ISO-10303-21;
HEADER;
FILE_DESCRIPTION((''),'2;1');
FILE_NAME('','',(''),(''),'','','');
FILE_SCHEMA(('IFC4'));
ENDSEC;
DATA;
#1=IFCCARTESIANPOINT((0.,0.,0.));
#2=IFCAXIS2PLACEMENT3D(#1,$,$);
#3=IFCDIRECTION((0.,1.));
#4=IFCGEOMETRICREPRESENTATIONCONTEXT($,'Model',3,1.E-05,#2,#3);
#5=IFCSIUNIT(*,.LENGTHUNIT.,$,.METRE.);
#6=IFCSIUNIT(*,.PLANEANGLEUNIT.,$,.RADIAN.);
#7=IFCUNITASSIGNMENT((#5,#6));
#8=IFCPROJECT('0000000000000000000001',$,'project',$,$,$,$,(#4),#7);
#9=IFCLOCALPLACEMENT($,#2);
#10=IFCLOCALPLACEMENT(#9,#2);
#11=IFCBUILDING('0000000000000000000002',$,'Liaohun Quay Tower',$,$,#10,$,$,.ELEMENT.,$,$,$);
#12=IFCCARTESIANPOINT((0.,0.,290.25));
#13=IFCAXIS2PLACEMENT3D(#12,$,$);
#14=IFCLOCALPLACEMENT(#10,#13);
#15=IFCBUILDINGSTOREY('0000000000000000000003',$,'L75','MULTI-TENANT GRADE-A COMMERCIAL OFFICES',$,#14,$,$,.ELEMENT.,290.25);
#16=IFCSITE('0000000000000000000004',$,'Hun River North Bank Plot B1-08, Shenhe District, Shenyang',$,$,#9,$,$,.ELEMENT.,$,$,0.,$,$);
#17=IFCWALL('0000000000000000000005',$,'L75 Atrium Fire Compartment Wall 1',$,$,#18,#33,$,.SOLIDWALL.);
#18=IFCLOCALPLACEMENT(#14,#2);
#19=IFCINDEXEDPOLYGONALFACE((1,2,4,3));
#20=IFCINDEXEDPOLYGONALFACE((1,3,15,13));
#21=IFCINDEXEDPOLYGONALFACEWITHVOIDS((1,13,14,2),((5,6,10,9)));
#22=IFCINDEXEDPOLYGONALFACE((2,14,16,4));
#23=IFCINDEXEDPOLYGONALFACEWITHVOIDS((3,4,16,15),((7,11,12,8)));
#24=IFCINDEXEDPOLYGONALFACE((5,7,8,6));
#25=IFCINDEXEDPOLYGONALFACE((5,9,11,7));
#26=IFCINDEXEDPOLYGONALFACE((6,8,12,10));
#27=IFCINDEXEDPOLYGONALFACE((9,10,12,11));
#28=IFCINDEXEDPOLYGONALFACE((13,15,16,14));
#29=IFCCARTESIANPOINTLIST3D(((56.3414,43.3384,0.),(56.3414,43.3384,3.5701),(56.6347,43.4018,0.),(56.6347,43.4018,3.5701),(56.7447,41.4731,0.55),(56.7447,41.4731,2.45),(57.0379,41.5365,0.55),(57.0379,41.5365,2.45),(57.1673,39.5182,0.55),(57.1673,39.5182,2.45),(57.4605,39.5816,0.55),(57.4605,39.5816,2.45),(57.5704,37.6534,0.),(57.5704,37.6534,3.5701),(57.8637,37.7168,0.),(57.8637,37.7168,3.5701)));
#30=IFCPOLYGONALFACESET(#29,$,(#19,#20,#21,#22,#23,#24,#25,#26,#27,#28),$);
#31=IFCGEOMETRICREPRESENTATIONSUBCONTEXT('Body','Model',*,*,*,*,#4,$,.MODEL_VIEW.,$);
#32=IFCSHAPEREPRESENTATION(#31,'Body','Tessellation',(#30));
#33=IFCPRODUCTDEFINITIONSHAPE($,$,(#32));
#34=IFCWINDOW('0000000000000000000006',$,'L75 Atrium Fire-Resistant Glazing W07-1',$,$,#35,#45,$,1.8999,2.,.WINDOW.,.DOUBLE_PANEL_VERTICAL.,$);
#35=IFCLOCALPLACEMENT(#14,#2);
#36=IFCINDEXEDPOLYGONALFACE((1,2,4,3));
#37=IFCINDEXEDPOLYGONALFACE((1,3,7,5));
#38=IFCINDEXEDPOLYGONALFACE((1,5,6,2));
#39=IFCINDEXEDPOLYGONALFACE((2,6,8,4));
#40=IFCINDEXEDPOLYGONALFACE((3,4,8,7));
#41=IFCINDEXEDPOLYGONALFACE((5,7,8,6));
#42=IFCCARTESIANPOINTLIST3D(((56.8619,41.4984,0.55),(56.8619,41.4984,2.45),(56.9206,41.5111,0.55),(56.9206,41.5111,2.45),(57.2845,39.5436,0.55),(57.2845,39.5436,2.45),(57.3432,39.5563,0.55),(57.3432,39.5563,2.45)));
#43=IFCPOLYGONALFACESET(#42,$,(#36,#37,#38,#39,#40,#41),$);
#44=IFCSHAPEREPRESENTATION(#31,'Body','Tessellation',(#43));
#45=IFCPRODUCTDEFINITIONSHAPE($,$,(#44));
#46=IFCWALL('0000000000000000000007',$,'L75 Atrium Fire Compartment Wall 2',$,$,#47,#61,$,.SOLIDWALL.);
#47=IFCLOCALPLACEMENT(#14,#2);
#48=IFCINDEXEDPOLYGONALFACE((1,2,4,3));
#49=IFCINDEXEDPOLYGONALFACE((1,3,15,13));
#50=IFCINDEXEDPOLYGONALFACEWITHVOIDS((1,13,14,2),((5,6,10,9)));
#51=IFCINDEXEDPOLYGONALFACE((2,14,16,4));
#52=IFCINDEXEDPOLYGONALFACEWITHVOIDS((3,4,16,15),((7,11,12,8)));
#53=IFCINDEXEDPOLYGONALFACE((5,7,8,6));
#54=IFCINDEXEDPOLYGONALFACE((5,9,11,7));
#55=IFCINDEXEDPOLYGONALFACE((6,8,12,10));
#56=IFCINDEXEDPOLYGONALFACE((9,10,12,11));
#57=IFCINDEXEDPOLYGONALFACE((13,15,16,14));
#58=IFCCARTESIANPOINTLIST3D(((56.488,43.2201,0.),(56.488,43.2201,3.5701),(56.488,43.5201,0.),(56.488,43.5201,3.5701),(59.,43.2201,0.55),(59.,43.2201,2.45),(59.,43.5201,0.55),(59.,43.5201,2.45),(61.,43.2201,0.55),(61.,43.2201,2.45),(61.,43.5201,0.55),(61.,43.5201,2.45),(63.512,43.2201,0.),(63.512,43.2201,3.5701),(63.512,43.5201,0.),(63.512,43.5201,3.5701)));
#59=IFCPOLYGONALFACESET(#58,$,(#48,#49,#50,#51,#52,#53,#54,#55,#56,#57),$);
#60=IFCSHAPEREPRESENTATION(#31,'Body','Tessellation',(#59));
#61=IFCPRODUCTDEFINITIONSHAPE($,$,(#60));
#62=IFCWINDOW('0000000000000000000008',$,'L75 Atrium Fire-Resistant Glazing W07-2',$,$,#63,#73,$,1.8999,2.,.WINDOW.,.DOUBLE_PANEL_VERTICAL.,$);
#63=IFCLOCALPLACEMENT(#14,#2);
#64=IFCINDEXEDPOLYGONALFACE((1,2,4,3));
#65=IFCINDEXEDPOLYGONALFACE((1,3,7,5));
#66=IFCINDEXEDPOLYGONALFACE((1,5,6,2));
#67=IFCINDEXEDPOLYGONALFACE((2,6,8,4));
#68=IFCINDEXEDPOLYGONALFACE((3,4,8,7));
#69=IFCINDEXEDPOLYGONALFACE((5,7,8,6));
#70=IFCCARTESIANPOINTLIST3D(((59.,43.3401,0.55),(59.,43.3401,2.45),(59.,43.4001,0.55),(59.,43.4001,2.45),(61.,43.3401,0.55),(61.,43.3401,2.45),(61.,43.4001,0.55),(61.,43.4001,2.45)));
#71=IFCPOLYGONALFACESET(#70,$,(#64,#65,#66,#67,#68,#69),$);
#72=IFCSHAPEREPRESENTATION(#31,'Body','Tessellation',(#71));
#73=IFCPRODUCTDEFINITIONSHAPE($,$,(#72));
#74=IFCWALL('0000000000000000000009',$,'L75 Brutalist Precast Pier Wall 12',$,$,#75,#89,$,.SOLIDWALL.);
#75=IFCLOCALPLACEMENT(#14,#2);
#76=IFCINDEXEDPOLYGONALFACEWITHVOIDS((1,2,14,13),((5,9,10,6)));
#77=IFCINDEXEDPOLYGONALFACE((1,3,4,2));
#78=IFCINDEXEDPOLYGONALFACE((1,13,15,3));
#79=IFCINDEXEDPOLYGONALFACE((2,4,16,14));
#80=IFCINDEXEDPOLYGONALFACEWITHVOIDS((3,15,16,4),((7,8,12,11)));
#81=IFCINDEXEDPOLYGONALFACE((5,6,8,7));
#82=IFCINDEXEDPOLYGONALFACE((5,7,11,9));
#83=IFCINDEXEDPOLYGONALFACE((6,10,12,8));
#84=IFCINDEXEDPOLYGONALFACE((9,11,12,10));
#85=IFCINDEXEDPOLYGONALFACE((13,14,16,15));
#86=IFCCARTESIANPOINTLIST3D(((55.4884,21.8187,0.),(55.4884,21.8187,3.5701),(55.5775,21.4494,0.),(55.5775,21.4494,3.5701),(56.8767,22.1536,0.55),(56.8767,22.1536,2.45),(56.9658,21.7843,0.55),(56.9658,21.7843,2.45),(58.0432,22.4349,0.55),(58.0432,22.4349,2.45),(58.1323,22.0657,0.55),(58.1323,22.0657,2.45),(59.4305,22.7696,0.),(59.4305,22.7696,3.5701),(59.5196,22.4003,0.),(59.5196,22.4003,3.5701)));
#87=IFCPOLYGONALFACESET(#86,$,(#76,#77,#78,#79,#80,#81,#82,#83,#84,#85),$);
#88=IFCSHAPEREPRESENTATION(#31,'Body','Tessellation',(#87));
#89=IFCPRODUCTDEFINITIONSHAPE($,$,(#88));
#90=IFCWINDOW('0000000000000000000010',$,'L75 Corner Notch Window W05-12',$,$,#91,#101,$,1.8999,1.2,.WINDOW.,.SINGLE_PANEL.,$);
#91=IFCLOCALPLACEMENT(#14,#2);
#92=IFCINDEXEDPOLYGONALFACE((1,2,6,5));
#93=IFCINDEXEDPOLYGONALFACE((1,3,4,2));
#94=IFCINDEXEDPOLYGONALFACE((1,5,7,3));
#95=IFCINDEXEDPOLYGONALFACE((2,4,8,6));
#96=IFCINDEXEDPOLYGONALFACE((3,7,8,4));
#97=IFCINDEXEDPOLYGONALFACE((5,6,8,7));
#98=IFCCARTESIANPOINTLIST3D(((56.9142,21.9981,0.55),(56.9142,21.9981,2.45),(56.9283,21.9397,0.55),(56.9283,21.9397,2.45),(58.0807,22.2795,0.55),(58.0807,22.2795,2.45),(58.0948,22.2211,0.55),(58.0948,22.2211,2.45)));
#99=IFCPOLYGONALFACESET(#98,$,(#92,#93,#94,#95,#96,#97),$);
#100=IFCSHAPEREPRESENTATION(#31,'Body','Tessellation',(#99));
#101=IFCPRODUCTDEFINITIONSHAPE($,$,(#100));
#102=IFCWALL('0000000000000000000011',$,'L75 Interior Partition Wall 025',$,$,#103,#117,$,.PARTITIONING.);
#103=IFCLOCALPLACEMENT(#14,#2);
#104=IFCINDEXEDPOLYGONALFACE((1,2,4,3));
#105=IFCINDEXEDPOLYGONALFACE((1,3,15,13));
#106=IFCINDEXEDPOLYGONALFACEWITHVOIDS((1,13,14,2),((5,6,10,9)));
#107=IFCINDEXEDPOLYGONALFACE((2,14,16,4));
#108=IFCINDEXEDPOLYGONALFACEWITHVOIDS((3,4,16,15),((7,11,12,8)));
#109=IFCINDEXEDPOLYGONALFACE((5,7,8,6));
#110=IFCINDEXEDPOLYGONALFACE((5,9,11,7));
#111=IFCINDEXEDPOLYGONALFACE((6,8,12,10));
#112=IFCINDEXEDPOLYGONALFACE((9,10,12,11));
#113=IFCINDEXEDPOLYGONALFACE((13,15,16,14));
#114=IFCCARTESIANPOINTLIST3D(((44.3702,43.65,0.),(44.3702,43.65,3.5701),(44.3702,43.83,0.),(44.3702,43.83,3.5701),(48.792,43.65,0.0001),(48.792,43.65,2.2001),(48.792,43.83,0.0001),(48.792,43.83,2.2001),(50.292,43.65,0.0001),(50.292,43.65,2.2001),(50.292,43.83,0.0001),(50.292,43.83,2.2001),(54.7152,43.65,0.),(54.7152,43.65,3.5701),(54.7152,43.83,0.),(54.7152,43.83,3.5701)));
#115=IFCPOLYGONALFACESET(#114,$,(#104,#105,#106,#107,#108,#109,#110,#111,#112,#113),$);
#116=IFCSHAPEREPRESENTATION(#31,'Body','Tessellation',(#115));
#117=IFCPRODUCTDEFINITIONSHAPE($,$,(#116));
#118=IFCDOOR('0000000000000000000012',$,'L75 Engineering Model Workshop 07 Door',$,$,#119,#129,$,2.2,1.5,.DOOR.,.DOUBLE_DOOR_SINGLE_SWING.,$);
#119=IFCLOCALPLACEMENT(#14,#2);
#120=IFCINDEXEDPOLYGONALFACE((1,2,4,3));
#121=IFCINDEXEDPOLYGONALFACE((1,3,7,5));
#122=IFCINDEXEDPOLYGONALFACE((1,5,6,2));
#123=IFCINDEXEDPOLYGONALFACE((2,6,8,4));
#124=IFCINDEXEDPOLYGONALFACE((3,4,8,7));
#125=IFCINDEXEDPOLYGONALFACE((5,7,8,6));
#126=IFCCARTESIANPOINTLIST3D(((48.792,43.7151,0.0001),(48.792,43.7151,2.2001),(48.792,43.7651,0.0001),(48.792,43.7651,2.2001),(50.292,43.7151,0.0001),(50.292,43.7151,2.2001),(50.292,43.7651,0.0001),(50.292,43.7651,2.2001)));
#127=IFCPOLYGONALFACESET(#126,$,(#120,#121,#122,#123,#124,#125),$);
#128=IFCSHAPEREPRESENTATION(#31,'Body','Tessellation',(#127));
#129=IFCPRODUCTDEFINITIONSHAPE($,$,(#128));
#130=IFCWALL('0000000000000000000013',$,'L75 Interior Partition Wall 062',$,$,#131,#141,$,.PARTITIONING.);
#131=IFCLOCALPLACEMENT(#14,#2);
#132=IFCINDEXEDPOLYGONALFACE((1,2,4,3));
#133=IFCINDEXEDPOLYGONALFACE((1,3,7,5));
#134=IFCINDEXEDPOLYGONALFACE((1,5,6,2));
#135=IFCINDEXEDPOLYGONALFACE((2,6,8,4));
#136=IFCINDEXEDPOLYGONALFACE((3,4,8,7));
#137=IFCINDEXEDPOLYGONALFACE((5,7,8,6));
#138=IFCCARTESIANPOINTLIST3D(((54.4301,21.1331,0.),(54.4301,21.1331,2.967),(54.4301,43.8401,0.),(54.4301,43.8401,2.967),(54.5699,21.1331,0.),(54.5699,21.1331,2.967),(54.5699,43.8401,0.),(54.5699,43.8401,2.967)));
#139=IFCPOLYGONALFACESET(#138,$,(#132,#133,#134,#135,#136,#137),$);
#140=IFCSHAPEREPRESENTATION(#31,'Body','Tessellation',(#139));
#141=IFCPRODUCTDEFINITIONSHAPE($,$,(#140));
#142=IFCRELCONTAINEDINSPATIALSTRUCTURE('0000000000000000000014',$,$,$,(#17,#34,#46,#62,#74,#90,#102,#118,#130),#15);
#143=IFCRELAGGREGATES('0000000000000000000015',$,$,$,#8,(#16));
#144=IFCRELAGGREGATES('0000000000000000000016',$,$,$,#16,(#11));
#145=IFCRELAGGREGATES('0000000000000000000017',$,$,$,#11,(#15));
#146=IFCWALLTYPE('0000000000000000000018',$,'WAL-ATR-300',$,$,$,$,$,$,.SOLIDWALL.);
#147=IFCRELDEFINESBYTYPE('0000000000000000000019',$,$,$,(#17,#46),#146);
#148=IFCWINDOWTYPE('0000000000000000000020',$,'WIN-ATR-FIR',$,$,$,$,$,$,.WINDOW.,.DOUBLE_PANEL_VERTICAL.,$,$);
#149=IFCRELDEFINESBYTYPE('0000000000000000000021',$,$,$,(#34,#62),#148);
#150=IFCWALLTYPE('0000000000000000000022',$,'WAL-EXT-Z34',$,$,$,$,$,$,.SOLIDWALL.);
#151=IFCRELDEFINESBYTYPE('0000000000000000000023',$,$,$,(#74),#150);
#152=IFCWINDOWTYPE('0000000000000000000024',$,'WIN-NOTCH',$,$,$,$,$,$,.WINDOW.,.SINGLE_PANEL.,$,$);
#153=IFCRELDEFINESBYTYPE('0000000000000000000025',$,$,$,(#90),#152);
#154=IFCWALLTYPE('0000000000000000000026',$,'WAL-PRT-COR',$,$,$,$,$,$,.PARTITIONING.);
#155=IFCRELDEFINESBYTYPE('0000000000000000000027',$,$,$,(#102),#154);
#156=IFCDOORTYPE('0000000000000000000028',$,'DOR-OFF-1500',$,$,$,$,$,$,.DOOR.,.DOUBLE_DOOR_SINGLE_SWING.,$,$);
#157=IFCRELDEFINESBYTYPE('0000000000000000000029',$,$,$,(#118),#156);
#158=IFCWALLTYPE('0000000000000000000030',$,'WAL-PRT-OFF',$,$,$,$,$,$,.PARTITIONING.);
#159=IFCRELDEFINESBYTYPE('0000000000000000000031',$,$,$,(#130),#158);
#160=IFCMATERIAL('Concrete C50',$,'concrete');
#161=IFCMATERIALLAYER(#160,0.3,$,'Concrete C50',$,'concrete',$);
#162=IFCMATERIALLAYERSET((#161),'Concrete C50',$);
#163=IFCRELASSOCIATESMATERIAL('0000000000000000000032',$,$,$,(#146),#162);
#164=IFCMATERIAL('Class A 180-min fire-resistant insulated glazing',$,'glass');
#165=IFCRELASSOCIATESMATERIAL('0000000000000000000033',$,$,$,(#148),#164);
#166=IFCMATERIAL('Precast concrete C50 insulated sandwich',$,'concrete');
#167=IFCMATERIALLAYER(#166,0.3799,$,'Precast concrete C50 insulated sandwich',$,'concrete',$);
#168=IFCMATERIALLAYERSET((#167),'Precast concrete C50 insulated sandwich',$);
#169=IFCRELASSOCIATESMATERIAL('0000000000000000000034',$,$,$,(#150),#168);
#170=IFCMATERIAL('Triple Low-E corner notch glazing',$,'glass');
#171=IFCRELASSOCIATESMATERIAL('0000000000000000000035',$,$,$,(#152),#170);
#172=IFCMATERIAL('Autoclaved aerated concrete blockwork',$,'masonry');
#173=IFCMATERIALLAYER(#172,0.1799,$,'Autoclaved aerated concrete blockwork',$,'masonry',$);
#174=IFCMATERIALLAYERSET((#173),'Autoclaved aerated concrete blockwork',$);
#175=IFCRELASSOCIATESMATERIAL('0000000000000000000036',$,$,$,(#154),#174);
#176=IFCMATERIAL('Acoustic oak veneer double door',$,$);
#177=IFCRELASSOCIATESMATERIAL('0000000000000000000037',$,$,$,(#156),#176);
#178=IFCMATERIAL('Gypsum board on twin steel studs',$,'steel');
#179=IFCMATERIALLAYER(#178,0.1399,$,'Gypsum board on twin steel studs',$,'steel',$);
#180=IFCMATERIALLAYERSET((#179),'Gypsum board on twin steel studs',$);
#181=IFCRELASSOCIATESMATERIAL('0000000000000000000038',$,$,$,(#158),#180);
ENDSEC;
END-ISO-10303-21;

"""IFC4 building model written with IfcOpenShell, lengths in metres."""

from ifc_helpers import new_model, si_unit, direction, frame, frame_2d, origin, place, context, subcontext, project, spatial, rectangle, extrude, source, transform, mapped, material, layer, layer_set, type_object, element, fill, save


model = new_model("IFC4")

# Units and contexts
model_context = context("Model", 3, precision=1e-05, world=origin(), true_north=direction((0.0, 1.0)))
body_context = subcontext(model_context, "Body", "Model", "MODEL_VIEW")
ifc_project = project(units=[si_unit("LENGTHUNIT", "METRE"), si_unit("PLANEANGLEUNIT", "RADIAN")], contexts=[model_context])

# Site, building, storey
site_placement = place(None, origin())
site = spatial("IfcSite", under=ifc_project, at=site_placement, Name="Hun River North Bank Plot B1-08, Shenhe District, Shenyang", CompositionType="ELEMENT", RefElevation=0.0)
building_placement = place(site_placement, origin())
building = spatial("IfcBuilding", under=site, at=building_placement, Name="Liaohun Quay Tower", CompositionType="ELEMENT")
storey_placement = place(building_placement, frame((0.0, 0.0, 290.25)))
storey = spatial("IfcBuildingStorey", under=building, at=storey_placement, Name="L75", Description="MULTI-TENANT GRADE-A COMMERCIAL OFFICES", CompositionType="ELEMENT", Elevation=290.25)

# Shared definitions
ifc_material_1 = material(Name="Concrete C50", Category="concrete")

# Walls, openings, windows
ifc_layer_1 = layer(ifc_material_1, 0.3, Name="Concrete C50", Category="concrete")
ifc_layer_set_1 = layer_set([ifc_layer_1], Name="Concrete C50")
wall_type_1 = type_object("IfcWallType", Name="WAL-ATR-300", PredefinedType="SOLIDWALL", material=ifc_layer_set_1)
wall_1_placement = place(storey_placement, frame((57.717, 37.6851, 0.0), z_axis=(0.0, 0.0, 1.0), x_axis=(-0.2113, 0.977421, 0.0)))
wall_1 = element("IfcWall", 1, at=wall_1_placement, inside=storey, type_object=wall_type_1, Name="L75 Atrium Fire Compartment Wall 1", PredefinedType="SOLIDWALL", context=body_context, shape_type="SweptSolid", body=[
    extrude(rectangle(XDim=5.8164, YDim=0.3, at=frame_2d((2.9082, 0.0))), origin(), (0.0, 0.0, 1.0), 3.5701),
])
shared_shape_1 = source(origin(), body_context, "Body", "SweptSolid", [
    extrude(rectangle(XDim=2.0, YDim=1.8999, at=frame_2d((1.0, 0.95))), frame((0.0, 0.1599, 0.0), z_axis=(0.0, -1.0, 0.0), x_axis=(1.0, 0.0, 0.0)), (0.0, 0.0, 1.0), 0.3201),
])
opening_1_placement = place(wall_1_placement, frame((1.908, 0.0, 0.55)))
opening_1 = element("IfcOpeningElement", 2, at=opening_1_placement, cuts=wall_1, PredefinedType="OPENING", context=body_context, shape_type="MappedRepresentation", body=[
    mapped(shared_shape_1, transform((0.0, 0.0, 0.0), x_axis=(1.0, 0.0, 0.0), y_axis=(0.0, 1.0, 0.0), z_axis=(0.0, 0.0, 1.0), scale=1.0)),
])
ifc_material_2 = material(Name="Class A 180-min fire-resistant insulated glazing", Category="glass")
window_type_1 = type_object("IfcWindowType", Name="WIN-ATR-FIR", PartitioningType="DOUBLE_PANEL_VERTICAL", PredefinedType="WINDOW", material=ifc_material_2)
shared_shape_2 = source(origin(), body_context, "Body", "SweptSolid", [
    extrude(rectangle(XDim=2.0, YDim=1.8999, at=frame_2d((1.0, 0.95))), frame((0.0, 0.03, 0.0), z_axis=(0.0, -1.0, 0.0), x_axis=(1.0, 0.0, 0.0)), (0.0, 0.0, 1.0), 0.0601),
])
window_1_placement = place(opening_1_placement, origin())
window_1 = element("IfcWindow", 3, at=window_1_placement, inside=storey, type_object=window_type_1, Name="L75 Atrium Fire-Resistant Glazing W07-1", OverallHeight=1.8999, OverallWidth=2.0, PartitioningType="DOUBLE_PANEL_VERTICAL", PredefinedType="WINDOW", context=body_context, shape_type="MappedRepresentation", body=[
    mapped(shared_shape_2, transform((0.0, 0.0, 0.0), x_axis=(1.0, 0.0, 0.0), y_axis=(0.0, 1.0, 0.0), z_axis=(0.0, 0.0, 1.0), scale=1.0)),
])
fill(opening_1, window_1)
wall_2_placement = place(storey_placement, frame((56.488, 43.3701, 0.0), z_axis=(0.0, 0.0, 1.0), x_axis=(1.0, 0.0, 0.0)))
wall_2 = element("IfcWall", 4, at=wall_2_placement, inside=storey, type_object=wall_type_1, Name="L75 Atrium Fire Compartment Wall 2", PredefinedType="SOLIDWALL", context=body_context, shape_type="SweptSolid", body=[
    extrude(rectangle(XDim=7.0239, YDim=0.3, at=frame_2d((3.512, 0.0))), origin(), (0.0, 0.0, 1.0), 3.5701),
])
opening_2_placement = place(wall_2_placement, frame((2.512, 0.0, 0.55)))
opening_2 = element("IfcOpeningElement", 5, at=opening_2_placement, cuts=wall_2, PredefinedType="OPENING", context=body_context, shape_type="MappedRepresentation", body=[
    mapped(shared_shape_1, transform((0.0, 0.0, 0.0), x_axis=(1.0, 0.0, 0.0), y_axis=(0.0, 1.0, 0.0), z_axis=(0.0, 0.0, 1.0), scale=1.0)),
])
window_2_placement = place(opening_2_placement, origin())
window_2 = element("IfcWindow", 6, at=window_2_placement, inside=storey, type_object=window_type_1, Name="L75 Atrium Fire-Resistant Glazing W07-2", OverallHeight=1.8999, OverallWidth=2.0, PartitioningType="DOUBLE_PANEL_VERTICAL", PredefinedType="WINDOW", context=body_context, shape_type="MappedRepresentation", body=[
    mapped(shared_shape_2, transform((0.0, 0.0, 0.0), x_axis=(1.0, 0.0, 0.0), y_axis=(0.0, 1.0, 0.0), z_axis=(0.0, 0.0, 1.0), scale=1.0)),
])
fill(opening_2, window_2)
ifc_material_3 = material(Name="Precast concrete C50 insulated sandwich", Category="concrete")
ifc_layer_2 = layer(ifc_material_3, 0.3799, Name="Precast concrete C50 insulated sandwich", Category="concrete")
ifc_layer_set_2 = layer_set([ifc_layer_2], Name="Precast concrete C50 insulated sandwich")
wall_type_2 = type_object("IfcWallType", Name="WAL-EXT-Z34", PredefinedType="SOLIDWALL", material=ifc_layer_set_2)
wall_3_placement = place(storey_placement, frame((55.533, 21.634, 0.0), z_axis=(0.0, 0.0, 1.0), x_axis=(0.972117, 0.234495, 0.0)))
wall_3 = element("IfcWall", 7, at=wall_3_placement, inside=storey, type_object=wall_type_2, Name="L75 Brutalist Precast Pier Wall 12", PredefinedType="SOLIDWALL", context=body_context, shape_type="SweptSolid", body=[
    extrude(rectangle(XDim=4.0552, YDim=0.3799, at=frame_2d((2.0276, 0.0))), origin(), (0.0, 0.0, 1.0), 3.5701),
])
shared_shape_3 = source(origin(), body_context, "Body", "SweptSolid", [
    extrude(rectangle(XDim=1.2, YDim=1.8999, at=frame_2d((0.6001, 0.95))), frame((0.0, 0.2, 0.0), z_axis=(0.0, -1.0, 0.0), x_axis=(1.0, 0.0, 0.0)), (0.0, 0.0, 1.0), 0.3999),
])
opening_3_placement = place(wall_3_placement, frame((1.428, 0.0, 0.55)))
opening_3 = element("IfcOpeningElement", 8, at=opening_3_placement, cuts=wall_3, PredefinedType="OPENING", context=body_context, shape_type="MappedRepresentation", body=[
    mapped(shared_shape_3, transform((0.0, 0.0, 0.0), x_axis=(1.0, 0.0, 0.0), y_axis=(0.0, 1.0, 0.0), z_axis=(0.0, 0.0, 1.0), scale=1.0)),
])
ifc_material_4 = material(Name="Triple Low-E corner notch glazing", Category="glass")
window_type_2 = type_object("IfcWindowType", Name="WIN-NOTCH", PartitioningType="SINGLE_PANEL", PredefinedType="WINDOW", material=ifc_material_4)
shared_shape_4 = source(origin(), body_context, "Body", "SweptSolid", [
    extrude(rectangle(XDim=1.2, YDim=1.8999, at=frame_2d((0.6001, 0.95))), frame((0.0, 0.03, 0.0), z_axis=(0.0, -1.0, 0.0), x_axis=(1.0, 0.0, 0.0)), (0.0, 0.0, 1.0), 0.0601),
])
window_3_placement = place(opening_3_placement, origin())
window_3 = element("IfcWindow", 9, at=window_3_placement, inside=storey, type_object=window_type_2, Name="L75 Corner Notch Window W05-12", OverallHeight=1.8999, OverallWidth=1.2, PartitioningType="SINGLE_PANEL", PredefinedType="WINDOW", context=body_context, shape_type="MappedRepresentation", body=[
    mapped(shared_shape_4, transform((0.0, 0.0, 0.0), x_axis=(1.0, 0.0, 0.0), y_axis=(0.0, 1.0, 0.0), z_axis=(0.0, 0.0, 1.0), scale=1.0)),
])
fill(opening_3, window_3)

# Wall, opening, door
ifc_material_5 = material(Name="Autoclaved aerated concrete blockwork", Category="masonry")
ifc_layer_3 = layer(ifc_material_5, 0.1799, Name="Autoclaved aerated concrete blockwork", Category="masonry")
ifc_layer_set_3 = layer_set([ifc_layer_3], Name="Autoclaved aerated concrete blockwork")
wall_type_3 = type_object("IfcWallType", Name="WAL-PRT-COR", PredefinedType="PARTITIONING", material=ifc_layer_set_3)
wall_4_placement = place(storey_placement, frame((54.7151, 43.74, 0.0), z_axis=(0.0, 0.0, 1.0), x_axis=(-1.0, 0.0, 0.0)))
wall_4 = element("IfcWall", 10, at=wall_4_placement, inside=storey, type_object=wall_type_3, Name="L75 Interior Partition Wall 025", PredefinedType="PARTITIONING", context=body_context, shape_type="SweptSolid", body=[
    extrude(rectangle(XDim=10.345, YDim=0.1799, at=frame_2d((5.1724, 0.0))), origin(), (0.0, 0.0, 1.0), 3.5701),
])
shared_shape_5 = source(origin(), body_context, "Body", "SweptSolid", [
    extrude(rectangle(XDim=1.5, YDim=2.2, at=frame_2d((0.75, 1.1001))), frame((0.0, 0.0999, 0.0), z_axis=(0.0, -1.0, 0.0), x_axis=(1.0, 0.0, 0.0)), (0.0, 0.0, 1.0), 0.2),
])
opening_4_placement = place(wall_4_placement, frame((4.4231, 0.0, 0.0)))
opening_4 = element("IfcOpeningElement", 11, at=opening_4_placement, cuts=wall_4, PredefinedType="OPENING", context=body_context, shape_type="MappedRepresentation", body=[
    mapped(shared_shape_5, transform((0.0, 0.0, 0.0), x_axis=(1.0, 0.0, 0.0), y_axis=(0.0, 1.0, 0.0), z_axis=(0.0, 0.0, 1.0), scale=1.0)),
])
ifc_material_6 = material(Name="Acoustic oak veneer double door")
door_type = type_object("IfcDoorType", Name="DOR-OFF-1500", OperationType="DOUBLE_DOOR_SINGLE_SWING", PredefinedType="DOOR", material=ifc_material_6)
shared_shape_6 = source(origin(), body_context, "Body", "SweptSolid", [
    extrude(rectangle(XDim=1.5, YDim=2.2, at=frame_2d((0.75, 1.1001))), frame((0.0, 0.0249, 0.0), z_axis=(0.0, -1.0, 0.0), x_axis=(1.0, 0.0, 0.0)), (0.0, 0.0, 1.0), 0.05),
])
door_placement = place(opening_4_placement, origin())
door = element("IfcDoor", 12, at=door_placement, inside=storey, type_object=door_type, Name="L75 Engineering Model Workshop 07 Door", OperationType="DOUBLE_DOOR_SINGLE_SWING", OverallHeight=2.2, OverallWidth=1.5, PredefinedType="DOOR", context=body_context, shape_type="MappedRepresentation", body=[
    mapped(shared_shape_6, transform((0.0, 0.0, 0.0), x_axis=(1.0, 0.0, 0.0), y_axis=(0.0, 1.0, 0.0), z_axis=(0.0, 0.0, 1.0), scale=1.0)),
])
fill(opening_4, door)

# Wall
ifc_material_7 = material(Name="Gypsum board on twin steel studs", Category="steel")
ifc_layer_4 = layer(ifc_material_7, 0.1399, Name="Gypsum board on twin steel studs", Category="steel")
ifc_layer_set_4 = layer_set([ifc_layer_4], Name="Gypsum board on twin steel studs")
wall_type_4 = type_object("IfcWallType", Name="WAL-PRT-OFF", PredefinedType="PARTITIONING", material=ifc_layer_set_4)
wall_5_placement = place(storey_placement, frame((54.5, 43.8401, 0.0), z_axis=(0.0, 0.0, 1.0), x_axis=(0.0, -1.0, 0.0)))
element("IfcWall", 13, at=wall_5_placement, inside=storey, type_object=wall_type_4, Name="L75 Interior Partition Wall 062", PredefinedType="PARTITIONING", context=body_context, shape_type="SweptSolid", body=[
    extrude(rectangle(XDim=22.707, YDim=0.1399, at=frame_2d((11.3535, 0.0))), origin(), (0.0, 0.0, 1.0), 2.967),
])

save(model, "model.ifc")
